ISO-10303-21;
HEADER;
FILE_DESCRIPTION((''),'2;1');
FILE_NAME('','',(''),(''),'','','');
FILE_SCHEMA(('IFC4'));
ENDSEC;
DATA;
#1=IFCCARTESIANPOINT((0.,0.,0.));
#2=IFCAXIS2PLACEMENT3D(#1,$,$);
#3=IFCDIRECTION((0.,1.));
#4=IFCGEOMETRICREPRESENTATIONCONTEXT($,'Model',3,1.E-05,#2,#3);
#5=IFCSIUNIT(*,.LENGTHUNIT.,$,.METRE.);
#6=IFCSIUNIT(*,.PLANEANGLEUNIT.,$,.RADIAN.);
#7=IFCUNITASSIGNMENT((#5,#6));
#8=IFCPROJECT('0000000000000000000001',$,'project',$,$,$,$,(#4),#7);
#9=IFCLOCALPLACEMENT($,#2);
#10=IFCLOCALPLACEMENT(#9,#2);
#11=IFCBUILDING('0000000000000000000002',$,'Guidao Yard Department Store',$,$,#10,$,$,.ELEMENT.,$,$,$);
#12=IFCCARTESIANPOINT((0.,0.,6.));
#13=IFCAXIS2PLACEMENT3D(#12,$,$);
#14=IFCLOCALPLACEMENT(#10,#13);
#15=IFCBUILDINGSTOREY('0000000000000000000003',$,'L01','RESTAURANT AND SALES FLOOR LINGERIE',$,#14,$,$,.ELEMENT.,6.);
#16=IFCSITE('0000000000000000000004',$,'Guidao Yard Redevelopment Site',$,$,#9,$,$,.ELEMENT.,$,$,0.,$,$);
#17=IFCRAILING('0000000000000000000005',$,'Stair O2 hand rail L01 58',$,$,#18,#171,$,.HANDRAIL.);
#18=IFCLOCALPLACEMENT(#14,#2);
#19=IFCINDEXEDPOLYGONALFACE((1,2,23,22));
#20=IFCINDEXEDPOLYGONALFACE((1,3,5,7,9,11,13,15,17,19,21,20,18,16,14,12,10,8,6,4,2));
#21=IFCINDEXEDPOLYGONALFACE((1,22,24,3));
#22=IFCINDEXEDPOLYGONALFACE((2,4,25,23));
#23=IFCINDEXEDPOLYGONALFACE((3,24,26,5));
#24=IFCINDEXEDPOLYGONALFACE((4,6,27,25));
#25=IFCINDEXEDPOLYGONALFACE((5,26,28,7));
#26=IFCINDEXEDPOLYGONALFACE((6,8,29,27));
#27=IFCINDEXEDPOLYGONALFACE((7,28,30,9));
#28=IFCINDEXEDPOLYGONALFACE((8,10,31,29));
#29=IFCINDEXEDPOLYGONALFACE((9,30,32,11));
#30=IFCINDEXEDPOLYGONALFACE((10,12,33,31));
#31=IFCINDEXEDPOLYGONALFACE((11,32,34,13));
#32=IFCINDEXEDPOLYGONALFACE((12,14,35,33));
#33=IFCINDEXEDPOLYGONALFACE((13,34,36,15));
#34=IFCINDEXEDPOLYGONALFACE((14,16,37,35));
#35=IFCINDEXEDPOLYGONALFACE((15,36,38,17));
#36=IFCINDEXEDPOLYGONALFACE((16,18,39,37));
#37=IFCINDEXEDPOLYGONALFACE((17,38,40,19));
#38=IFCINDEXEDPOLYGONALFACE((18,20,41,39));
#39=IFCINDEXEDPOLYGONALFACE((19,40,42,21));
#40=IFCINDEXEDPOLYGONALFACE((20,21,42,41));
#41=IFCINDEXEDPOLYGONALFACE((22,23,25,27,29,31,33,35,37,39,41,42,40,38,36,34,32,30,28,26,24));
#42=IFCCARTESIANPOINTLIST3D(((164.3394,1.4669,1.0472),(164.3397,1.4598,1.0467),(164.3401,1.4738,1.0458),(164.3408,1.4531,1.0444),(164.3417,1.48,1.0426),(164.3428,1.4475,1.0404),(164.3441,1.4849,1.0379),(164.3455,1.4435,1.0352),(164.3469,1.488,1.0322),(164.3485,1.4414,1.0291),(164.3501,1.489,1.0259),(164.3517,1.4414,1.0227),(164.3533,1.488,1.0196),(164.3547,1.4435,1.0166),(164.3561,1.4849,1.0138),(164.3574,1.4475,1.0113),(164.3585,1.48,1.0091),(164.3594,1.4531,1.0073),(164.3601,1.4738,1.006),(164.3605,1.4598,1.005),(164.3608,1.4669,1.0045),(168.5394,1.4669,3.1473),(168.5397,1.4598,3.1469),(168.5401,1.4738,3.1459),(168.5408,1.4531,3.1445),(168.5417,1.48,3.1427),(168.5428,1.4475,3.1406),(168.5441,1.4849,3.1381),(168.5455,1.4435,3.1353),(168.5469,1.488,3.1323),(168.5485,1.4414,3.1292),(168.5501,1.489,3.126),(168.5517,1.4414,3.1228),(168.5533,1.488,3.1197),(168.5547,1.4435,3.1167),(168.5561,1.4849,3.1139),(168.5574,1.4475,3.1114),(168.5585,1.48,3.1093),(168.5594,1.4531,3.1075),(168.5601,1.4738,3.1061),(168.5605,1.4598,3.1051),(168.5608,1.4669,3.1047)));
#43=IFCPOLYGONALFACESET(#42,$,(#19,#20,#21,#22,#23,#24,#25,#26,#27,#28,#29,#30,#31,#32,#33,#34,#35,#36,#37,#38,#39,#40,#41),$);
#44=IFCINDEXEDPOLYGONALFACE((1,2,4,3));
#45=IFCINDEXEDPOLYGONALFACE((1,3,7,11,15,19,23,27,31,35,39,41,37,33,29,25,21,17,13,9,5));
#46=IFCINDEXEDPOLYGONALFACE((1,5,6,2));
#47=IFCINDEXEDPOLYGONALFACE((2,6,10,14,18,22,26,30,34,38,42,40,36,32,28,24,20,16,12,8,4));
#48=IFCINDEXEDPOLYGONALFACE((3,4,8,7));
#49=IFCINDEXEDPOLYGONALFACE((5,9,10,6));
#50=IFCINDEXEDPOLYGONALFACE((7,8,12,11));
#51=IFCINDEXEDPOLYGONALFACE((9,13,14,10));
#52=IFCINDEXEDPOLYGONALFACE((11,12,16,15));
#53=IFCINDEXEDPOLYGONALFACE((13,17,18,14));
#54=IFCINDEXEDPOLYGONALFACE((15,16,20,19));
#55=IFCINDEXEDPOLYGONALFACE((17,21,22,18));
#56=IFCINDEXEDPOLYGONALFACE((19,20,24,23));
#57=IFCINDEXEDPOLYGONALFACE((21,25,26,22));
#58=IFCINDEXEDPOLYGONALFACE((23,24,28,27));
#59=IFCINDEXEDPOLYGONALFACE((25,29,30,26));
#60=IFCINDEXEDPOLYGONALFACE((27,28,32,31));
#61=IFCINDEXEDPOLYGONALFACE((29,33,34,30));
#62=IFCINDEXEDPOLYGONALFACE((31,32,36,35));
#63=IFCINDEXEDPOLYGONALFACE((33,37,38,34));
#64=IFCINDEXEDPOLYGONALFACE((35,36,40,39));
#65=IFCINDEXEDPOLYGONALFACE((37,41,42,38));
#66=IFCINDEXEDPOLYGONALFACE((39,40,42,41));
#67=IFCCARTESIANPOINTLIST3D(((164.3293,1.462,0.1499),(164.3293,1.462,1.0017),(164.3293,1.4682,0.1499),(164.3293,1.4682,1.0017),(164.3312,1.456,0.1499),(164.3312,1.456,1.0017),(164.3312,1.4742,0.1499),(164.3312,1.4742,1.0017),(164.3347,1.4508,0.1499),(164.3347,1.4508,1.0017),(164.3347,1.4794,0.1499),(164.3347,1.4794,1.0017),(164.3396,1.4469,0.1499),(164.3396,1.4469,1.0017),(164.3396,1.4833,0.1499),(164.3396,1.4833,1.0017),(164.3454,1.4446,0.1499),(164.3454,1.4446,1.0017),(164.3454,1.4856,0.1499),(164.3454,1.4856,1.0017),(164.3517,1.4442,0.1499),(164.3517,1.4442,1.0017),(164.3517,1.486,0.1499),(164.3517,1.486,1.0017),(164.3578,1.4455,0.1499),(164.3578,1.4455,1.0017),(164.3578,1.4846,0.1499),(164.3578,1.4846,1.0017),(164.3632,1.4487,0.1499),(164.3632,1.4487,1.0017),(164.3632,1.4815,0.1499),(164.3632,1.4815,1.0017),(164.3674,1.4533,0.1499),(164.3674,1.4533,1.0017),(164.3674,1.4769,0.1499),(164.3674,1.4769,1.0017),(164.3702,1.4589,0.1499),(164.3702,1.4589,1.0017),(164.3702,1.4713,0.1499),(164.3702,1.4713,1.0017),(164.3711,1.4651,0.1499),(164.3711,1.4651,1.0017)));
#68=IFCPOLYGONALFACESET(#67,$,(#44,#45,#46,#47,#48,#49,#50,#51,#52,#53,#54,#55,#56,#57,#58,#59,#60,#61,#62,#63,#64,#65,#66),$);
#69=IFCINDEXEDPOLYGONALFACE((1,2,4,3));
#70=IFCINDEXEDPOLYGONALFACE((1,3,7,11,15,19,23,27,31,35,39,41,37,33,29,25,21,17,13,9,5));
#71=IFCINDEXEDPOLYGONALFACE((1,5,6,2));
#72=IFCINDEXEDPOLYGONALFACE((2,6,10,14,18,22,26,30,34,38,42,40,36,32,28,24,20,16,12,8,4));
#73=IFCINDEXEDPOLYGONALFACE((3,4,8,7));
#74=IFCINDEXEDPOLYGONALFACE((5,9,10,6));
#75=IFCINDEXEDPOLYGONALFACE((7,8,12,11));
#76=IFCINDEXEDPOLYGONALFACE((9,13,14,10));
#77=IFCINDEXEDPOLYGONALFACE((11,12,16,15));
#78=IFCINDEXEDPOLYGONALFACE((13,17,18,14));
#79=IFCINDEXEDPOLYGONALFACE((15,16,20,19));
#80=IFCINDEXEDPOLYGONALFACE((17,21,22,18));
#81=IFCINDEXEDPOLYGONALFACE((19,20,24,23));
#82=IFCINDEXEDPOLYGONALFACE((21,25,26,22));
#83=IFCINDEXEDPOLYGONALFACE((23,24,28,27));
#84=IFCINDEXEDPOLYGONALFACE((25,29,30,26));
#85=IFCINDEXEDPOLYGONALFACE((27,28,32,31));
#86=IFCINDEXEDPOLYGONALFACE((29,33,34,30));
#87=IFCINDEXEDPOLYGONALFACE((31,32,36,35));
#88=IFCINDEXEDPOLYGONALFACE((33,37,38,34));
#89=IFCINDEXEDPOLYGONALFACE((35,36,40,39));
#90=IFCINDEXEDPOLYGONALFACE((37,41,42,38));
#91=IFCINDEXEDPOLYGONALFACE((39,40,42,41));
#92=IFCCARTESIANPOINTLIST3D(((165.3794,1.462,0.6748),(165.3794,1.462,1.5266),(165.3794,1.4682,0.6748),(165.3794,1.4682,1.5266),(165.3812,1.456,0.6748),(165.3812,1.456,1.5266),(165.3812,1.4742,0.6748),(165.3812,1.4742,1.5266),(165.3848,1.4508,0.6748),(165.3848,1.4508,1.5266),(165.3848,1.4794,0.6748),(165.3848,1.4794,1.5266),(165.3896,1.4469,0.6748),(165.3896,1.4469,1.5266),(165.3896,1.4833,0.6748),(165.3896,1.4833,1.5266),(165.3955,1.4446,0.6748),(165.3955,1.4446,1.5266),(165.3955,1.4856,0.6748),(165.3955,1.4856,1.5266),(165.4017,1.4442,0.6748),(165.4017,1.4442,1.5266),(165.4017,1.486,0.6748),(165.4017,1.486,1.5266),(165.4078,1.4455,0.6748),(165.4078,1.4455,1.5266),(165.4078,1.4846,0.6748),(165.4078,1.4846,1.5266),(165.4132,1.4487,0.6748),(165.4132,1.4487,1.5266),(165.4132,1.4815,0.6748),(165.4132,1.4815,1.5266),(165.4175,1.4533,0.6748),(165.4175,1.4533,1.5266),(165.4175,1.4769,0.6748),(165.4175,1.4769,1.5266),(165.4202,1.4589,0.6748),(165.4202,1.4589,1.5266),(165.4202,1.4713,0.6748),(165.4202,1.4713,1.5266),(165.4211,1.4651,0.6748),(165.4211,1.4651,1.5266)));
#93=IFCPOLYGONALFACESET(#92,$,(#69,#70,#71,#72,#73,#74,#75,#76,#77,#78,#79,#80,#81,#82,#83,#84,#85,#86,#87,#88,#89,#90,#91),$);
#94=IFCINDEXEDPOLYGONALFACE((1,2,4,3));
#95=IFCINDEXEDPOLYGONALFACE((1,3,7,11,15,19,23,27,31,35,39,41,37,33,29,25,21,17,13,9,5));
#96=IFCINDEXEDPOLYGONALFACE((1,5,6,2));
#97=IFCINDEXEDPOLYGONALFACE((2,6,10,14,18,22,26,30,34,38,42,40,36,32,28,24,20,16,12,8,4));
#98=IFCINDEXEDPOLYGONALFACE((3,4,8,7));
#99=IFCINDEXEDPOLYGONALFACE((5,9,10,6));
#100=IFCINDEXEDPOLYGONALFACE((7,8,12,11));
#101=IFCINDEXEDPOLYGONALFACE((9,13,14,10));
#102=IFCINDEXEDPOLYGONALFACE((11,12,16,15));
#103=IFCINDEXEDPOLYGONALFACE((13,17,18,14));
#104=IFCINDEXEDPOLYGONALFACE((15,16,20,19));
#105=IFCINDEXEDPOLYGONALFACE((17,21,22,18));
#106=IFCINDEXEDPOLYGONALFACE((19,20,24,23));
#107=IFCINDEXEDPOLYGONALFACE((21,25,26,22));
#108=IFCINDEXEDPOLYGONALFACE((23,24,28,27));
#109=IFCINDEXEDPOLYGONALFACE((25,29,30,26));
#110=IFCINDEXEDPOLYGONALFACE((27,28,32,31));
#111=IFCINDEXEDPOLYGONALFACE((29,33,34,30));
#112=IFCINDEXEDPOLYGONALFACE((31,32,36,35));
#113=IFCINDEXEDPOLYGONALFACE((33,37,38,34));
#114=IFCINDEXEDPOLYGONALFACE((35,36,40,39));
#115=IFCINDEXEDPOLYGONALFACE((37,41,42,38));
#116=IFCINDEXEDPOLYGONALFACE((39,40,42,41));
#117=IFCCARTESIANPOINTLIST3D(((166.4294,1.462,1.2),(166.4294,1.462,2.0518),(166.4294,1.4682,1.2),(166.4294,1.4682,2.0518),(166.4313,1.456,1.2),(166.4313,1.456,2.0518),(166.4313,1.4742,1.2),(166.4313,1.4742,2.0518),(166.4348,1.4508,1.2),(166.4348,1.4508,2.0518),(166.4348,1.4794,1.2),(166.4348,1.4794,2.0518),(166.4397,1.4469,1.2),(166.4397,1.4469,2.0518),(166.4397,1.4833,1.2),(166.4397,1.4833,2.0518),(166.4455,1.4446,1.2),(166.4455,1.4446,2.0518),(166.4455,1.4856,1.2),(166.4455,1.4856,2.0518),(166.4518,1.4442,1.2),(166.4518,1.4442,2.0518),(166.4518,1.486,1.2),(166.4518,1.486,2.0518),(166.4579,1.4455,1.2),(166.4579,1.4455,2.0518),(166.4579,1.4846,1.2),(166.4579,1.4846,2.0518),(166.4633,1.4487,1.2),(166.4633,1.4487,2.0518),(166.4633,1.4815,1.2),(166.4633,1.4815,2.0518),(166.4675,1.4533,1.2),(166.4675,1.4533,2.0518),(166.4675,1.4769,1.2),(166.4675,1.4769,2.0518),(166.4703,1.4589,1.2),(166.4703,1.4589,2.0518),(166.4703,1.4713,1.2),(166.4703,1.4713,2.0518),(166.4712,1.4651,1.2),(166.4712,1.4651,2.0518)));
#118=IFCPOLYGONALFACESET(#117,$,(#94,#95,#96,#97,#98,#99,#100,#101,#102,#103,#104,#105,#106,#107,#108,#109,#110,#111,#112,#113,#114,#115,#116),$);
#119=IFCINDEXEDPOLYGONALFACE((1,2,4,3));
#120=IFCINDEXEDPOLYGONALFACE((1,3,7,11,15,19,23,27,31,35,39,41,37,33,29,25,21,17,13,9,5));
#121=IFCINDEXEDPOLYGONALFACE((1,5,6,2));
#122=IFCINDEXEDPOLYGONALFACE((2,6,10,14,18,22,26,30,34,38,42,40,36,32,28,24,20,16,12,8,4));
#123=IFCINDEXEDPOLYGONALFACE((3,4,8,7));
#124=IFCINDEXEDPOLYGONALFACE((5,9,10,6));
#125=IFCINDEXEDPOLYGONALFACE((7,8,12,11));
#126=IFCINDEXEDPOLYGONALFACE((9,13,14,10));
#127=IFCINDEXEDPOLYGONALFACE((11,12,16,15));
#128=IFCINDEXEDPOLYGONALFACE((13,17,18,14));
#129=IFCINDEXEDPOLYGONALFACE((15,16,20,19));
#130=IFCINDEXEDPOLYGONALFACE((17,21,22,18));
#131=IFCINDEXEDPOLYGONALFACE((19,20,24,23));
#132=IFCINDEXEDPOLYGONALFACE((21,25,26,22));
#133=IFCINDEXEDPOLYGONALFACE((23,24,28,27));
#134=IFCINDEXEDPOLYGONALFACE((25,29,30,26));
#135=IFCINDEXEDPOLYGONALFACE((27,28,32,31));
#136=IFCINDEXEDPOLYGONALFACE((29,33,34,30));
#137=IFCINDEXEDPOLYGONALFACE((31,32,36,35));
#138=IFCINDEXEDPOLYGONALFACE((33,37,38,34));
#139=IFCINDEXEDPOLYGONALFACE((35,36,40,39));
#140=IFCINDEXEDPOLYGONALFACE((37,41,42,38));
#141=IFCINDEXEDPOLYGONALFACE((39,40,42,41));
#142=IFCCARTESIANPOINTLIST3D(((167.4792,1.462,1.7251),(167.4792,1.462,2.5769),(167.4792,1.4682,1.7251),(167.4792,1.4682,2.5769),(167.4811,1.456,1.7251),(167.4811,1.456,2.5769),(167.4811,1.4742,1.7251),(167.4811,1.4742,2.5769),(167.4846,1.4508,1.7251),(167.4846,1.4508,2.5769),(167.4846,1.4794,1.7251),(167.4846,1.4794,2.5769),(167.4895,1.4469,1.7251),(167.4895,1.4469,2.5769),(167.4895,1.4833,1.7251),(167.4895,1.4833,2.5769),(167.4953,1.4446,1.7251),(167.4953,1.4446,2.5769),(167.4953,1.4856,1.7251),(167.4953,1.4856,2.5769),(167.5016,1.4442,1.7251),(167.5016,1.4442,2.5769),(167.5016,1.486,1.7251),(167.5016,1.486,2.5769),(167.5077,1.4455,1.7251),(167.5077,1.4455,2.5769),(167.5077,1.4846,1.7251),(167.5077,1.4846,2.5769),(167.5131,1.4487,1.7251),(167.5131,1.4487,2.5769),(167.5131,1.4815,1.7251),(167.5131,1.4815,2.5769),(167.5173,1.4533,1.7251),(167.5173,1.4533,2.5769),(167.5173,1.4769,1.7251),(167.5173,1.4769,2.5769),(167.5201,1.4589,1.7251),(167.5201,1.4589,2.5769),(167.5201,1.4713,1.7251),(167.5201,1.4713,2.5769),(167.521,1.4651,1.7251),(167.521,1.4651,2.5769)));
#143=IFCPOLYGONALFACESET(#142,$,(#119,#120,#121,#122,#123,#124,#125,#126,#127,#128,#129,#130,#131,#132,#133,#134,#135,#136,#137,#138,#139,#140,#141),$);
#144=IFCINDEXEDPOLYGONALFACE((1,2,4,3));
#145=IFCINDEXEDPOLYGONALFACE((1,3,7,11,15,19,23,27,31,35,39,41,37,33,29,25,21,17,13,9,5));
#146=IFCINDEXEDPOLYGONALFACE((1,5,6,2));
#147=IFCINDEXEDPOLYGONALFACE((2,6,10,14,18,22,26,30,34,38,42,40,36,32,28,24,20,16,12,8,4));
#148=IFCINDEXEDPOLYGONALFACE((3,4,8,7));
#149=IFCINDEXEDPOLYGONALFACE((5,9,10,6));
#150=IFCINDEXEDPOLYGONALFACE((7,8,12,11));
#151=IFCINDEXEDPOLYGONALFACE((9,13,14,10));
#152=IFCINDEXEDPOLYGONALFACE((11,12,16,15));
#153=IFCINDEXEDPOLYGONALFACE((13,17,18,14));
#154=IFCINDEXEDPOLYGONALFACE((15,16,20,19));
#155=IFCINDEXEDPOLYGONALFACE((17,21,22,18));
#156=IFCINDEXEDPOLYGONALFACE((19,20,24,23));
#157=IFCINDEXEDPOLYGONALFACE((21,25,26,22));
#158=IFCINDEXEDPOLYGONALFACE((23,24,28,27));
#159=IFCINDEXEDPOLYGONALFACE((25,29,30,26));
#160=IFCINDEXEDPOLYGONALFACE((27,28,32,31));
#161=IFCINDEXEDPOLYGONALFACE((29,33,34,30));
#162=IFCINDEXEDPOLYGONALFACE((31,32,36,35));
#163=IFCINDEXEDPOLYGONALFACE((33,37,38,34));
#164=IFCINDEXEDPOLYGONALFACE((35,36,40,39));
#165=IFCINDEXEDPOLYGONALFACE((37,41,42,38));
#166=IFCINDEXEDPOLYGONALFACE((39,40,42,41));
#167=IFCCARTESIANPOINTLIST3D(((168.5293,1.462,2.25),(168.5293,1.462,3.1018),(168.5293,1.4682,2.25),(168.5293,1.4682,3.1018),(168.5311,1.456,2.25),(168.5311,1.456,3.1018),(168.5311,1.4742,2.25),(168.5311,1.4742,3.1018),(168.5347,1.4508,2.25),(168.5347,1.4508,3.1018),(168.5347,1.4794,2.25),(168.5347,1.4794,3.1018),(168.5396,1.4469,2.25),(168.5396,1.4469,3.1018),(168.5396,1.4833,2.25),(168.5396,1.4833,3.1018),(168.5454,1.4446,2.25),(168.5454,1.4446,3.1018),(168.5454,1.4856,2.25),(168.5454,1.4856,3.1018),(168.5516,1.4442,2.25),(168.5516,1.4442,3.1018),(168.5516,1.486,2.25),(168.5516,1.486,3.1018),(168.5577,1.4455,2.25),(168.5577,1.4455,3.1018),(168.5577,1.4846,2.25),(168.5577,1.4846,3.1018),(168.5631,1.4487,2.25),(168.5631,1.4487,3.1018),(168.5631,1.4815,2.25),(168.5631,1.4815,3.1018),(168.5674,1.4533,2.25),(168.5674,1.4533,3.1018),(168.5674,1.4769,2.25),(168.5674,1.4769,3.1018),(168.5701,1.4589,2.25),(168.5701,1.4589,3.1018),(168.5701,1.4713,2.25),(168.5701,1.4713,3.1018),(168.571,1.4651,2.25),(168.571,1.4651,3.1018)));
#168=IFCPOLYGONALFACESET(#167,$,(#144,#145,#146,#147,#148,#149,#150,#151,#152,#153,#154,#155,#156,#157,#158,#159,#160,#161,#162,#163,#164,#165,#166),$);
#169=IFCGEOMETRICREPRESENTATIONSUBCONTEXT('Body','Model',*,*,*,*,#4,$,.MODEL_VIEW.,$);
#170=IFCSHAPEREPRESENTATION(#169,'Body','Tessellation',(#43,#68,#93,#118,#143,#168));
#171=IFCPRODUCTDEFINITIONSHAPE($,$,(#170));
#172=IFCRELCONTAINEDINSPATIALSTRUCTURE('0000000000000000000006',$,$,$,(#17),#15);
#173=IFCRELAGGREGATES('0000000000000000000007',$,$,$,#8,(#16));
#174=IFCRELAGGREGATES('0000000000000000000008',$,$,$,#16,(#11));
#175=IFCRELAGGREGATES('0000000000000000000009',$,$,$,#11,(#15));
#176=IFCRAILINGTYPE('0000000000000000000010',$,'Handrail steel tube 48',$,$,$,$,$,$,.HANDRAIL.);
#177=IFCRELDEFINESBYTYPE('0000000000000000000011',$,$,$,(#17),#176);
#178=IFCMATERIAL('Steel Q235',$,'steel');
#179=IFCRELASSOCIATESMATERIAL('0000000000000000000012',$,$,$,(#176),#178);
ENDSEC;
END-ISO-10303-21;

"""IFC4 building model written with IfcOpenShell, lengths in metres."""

from ifc_helpers import new_model, si_unit, direction, frame, origin, origin_2d, place, context, subcontext, project, spatial, circle, extrude, material, type_object, element, save


model = new_model("IFC4")

# Units and contexts
model_context = context("Model", 3, precision=1e-05, world=origin(), true_north=direction((0.0, 1.0)))
body_context = subcontext(model_context, "Body", "Model", "MODEL_VIEW")
ifc_project = project(units=[si_unit("LENGTHUNIT", "METRE"), si_unit("PLANEANGLEUNIT", "RADIAN")], contexts=[model_context])

# Site, building, storey
site_placement = place(None, origin())
site = spatial("IfcSite", under=ifc_project, at=site_placement, Name="Guidao Yard Redevelopment Site", CompositionType="ELEMENT", RefElevation=0.0)
building_placement = place(site_placement, origin())
building = spatial("IfcBuilding", under=site, at=building_placement, Name="Guidao Yard Department Store", CompositionType="ELEMENT")
storey_placement = place(building_placement, frame((0.0, 0.0, 6.0)))
storey = spatial("IfcBuildingStorey", under=building, at=storey_placement, Name="L01", Description="RESTAURANT AND SALES FLOOR LINGERIE", CompositionType="ELEMENT", Elevation=6.0)

# Railing
ifc_material_1 = material(Name="Steel Q235", Category="steel")
railing_type_1 = type_object("IfcRailingType", Name="Handrail steel tube 48", PredefinedType="HANDRAIL", material=ifc_material_1)
for number, where, name in (
    (1, (164.3501, 1.4651, 0.1499), "Stair O2 hand rail L01 58"),
):
    element("IfcRailing", number, at=place(storey_placement, frame(where)), inside=storey, type_object=railing_type_1, Name=name, PredefinedType="HANDRAIL", context=body_context, shape_type="SweptSolid", body=[
        extrude(circle(Radius=0.0239, at=origin_2d()), frame((0.0, 0.0, 0.876), z_axis=(0.894417, 0.0, 0.447234), x_axis=(0.0, 1.0, 0.0)), (0.0, 0.0, 1.0), 4.6958),
        extrude(circle(Radius=0.021, at=origin_2d()), origin(), (0.0, 0.0, 1.0), 0.8518),
        extrude(circle(Radius=0.021, at=origin_2d()), frame((1.05, 0.0, 0.5249)), (0.0, 0.0, 1.0), 0.8518),
        extrude(circle(Radius=0.021, at=origin_2d()), frame((2.1001, 0.0, 1.05)), (0.0, 0.0, 1.0), 0.8518),
        extrude(circle(Radius=0.021, at=origin_2d()), frame((3.1499, 0.0, 1.5752)), (0.0, 0.0, 1.0), 0.8518),
        extrude(circle(Radius=0.021, at=origin_2d()), frame((4.2, 0.0, 2.1001)), (0.0, 0.0, 1.0), 0.8518),
    ])

save(model, "model.ifc")
